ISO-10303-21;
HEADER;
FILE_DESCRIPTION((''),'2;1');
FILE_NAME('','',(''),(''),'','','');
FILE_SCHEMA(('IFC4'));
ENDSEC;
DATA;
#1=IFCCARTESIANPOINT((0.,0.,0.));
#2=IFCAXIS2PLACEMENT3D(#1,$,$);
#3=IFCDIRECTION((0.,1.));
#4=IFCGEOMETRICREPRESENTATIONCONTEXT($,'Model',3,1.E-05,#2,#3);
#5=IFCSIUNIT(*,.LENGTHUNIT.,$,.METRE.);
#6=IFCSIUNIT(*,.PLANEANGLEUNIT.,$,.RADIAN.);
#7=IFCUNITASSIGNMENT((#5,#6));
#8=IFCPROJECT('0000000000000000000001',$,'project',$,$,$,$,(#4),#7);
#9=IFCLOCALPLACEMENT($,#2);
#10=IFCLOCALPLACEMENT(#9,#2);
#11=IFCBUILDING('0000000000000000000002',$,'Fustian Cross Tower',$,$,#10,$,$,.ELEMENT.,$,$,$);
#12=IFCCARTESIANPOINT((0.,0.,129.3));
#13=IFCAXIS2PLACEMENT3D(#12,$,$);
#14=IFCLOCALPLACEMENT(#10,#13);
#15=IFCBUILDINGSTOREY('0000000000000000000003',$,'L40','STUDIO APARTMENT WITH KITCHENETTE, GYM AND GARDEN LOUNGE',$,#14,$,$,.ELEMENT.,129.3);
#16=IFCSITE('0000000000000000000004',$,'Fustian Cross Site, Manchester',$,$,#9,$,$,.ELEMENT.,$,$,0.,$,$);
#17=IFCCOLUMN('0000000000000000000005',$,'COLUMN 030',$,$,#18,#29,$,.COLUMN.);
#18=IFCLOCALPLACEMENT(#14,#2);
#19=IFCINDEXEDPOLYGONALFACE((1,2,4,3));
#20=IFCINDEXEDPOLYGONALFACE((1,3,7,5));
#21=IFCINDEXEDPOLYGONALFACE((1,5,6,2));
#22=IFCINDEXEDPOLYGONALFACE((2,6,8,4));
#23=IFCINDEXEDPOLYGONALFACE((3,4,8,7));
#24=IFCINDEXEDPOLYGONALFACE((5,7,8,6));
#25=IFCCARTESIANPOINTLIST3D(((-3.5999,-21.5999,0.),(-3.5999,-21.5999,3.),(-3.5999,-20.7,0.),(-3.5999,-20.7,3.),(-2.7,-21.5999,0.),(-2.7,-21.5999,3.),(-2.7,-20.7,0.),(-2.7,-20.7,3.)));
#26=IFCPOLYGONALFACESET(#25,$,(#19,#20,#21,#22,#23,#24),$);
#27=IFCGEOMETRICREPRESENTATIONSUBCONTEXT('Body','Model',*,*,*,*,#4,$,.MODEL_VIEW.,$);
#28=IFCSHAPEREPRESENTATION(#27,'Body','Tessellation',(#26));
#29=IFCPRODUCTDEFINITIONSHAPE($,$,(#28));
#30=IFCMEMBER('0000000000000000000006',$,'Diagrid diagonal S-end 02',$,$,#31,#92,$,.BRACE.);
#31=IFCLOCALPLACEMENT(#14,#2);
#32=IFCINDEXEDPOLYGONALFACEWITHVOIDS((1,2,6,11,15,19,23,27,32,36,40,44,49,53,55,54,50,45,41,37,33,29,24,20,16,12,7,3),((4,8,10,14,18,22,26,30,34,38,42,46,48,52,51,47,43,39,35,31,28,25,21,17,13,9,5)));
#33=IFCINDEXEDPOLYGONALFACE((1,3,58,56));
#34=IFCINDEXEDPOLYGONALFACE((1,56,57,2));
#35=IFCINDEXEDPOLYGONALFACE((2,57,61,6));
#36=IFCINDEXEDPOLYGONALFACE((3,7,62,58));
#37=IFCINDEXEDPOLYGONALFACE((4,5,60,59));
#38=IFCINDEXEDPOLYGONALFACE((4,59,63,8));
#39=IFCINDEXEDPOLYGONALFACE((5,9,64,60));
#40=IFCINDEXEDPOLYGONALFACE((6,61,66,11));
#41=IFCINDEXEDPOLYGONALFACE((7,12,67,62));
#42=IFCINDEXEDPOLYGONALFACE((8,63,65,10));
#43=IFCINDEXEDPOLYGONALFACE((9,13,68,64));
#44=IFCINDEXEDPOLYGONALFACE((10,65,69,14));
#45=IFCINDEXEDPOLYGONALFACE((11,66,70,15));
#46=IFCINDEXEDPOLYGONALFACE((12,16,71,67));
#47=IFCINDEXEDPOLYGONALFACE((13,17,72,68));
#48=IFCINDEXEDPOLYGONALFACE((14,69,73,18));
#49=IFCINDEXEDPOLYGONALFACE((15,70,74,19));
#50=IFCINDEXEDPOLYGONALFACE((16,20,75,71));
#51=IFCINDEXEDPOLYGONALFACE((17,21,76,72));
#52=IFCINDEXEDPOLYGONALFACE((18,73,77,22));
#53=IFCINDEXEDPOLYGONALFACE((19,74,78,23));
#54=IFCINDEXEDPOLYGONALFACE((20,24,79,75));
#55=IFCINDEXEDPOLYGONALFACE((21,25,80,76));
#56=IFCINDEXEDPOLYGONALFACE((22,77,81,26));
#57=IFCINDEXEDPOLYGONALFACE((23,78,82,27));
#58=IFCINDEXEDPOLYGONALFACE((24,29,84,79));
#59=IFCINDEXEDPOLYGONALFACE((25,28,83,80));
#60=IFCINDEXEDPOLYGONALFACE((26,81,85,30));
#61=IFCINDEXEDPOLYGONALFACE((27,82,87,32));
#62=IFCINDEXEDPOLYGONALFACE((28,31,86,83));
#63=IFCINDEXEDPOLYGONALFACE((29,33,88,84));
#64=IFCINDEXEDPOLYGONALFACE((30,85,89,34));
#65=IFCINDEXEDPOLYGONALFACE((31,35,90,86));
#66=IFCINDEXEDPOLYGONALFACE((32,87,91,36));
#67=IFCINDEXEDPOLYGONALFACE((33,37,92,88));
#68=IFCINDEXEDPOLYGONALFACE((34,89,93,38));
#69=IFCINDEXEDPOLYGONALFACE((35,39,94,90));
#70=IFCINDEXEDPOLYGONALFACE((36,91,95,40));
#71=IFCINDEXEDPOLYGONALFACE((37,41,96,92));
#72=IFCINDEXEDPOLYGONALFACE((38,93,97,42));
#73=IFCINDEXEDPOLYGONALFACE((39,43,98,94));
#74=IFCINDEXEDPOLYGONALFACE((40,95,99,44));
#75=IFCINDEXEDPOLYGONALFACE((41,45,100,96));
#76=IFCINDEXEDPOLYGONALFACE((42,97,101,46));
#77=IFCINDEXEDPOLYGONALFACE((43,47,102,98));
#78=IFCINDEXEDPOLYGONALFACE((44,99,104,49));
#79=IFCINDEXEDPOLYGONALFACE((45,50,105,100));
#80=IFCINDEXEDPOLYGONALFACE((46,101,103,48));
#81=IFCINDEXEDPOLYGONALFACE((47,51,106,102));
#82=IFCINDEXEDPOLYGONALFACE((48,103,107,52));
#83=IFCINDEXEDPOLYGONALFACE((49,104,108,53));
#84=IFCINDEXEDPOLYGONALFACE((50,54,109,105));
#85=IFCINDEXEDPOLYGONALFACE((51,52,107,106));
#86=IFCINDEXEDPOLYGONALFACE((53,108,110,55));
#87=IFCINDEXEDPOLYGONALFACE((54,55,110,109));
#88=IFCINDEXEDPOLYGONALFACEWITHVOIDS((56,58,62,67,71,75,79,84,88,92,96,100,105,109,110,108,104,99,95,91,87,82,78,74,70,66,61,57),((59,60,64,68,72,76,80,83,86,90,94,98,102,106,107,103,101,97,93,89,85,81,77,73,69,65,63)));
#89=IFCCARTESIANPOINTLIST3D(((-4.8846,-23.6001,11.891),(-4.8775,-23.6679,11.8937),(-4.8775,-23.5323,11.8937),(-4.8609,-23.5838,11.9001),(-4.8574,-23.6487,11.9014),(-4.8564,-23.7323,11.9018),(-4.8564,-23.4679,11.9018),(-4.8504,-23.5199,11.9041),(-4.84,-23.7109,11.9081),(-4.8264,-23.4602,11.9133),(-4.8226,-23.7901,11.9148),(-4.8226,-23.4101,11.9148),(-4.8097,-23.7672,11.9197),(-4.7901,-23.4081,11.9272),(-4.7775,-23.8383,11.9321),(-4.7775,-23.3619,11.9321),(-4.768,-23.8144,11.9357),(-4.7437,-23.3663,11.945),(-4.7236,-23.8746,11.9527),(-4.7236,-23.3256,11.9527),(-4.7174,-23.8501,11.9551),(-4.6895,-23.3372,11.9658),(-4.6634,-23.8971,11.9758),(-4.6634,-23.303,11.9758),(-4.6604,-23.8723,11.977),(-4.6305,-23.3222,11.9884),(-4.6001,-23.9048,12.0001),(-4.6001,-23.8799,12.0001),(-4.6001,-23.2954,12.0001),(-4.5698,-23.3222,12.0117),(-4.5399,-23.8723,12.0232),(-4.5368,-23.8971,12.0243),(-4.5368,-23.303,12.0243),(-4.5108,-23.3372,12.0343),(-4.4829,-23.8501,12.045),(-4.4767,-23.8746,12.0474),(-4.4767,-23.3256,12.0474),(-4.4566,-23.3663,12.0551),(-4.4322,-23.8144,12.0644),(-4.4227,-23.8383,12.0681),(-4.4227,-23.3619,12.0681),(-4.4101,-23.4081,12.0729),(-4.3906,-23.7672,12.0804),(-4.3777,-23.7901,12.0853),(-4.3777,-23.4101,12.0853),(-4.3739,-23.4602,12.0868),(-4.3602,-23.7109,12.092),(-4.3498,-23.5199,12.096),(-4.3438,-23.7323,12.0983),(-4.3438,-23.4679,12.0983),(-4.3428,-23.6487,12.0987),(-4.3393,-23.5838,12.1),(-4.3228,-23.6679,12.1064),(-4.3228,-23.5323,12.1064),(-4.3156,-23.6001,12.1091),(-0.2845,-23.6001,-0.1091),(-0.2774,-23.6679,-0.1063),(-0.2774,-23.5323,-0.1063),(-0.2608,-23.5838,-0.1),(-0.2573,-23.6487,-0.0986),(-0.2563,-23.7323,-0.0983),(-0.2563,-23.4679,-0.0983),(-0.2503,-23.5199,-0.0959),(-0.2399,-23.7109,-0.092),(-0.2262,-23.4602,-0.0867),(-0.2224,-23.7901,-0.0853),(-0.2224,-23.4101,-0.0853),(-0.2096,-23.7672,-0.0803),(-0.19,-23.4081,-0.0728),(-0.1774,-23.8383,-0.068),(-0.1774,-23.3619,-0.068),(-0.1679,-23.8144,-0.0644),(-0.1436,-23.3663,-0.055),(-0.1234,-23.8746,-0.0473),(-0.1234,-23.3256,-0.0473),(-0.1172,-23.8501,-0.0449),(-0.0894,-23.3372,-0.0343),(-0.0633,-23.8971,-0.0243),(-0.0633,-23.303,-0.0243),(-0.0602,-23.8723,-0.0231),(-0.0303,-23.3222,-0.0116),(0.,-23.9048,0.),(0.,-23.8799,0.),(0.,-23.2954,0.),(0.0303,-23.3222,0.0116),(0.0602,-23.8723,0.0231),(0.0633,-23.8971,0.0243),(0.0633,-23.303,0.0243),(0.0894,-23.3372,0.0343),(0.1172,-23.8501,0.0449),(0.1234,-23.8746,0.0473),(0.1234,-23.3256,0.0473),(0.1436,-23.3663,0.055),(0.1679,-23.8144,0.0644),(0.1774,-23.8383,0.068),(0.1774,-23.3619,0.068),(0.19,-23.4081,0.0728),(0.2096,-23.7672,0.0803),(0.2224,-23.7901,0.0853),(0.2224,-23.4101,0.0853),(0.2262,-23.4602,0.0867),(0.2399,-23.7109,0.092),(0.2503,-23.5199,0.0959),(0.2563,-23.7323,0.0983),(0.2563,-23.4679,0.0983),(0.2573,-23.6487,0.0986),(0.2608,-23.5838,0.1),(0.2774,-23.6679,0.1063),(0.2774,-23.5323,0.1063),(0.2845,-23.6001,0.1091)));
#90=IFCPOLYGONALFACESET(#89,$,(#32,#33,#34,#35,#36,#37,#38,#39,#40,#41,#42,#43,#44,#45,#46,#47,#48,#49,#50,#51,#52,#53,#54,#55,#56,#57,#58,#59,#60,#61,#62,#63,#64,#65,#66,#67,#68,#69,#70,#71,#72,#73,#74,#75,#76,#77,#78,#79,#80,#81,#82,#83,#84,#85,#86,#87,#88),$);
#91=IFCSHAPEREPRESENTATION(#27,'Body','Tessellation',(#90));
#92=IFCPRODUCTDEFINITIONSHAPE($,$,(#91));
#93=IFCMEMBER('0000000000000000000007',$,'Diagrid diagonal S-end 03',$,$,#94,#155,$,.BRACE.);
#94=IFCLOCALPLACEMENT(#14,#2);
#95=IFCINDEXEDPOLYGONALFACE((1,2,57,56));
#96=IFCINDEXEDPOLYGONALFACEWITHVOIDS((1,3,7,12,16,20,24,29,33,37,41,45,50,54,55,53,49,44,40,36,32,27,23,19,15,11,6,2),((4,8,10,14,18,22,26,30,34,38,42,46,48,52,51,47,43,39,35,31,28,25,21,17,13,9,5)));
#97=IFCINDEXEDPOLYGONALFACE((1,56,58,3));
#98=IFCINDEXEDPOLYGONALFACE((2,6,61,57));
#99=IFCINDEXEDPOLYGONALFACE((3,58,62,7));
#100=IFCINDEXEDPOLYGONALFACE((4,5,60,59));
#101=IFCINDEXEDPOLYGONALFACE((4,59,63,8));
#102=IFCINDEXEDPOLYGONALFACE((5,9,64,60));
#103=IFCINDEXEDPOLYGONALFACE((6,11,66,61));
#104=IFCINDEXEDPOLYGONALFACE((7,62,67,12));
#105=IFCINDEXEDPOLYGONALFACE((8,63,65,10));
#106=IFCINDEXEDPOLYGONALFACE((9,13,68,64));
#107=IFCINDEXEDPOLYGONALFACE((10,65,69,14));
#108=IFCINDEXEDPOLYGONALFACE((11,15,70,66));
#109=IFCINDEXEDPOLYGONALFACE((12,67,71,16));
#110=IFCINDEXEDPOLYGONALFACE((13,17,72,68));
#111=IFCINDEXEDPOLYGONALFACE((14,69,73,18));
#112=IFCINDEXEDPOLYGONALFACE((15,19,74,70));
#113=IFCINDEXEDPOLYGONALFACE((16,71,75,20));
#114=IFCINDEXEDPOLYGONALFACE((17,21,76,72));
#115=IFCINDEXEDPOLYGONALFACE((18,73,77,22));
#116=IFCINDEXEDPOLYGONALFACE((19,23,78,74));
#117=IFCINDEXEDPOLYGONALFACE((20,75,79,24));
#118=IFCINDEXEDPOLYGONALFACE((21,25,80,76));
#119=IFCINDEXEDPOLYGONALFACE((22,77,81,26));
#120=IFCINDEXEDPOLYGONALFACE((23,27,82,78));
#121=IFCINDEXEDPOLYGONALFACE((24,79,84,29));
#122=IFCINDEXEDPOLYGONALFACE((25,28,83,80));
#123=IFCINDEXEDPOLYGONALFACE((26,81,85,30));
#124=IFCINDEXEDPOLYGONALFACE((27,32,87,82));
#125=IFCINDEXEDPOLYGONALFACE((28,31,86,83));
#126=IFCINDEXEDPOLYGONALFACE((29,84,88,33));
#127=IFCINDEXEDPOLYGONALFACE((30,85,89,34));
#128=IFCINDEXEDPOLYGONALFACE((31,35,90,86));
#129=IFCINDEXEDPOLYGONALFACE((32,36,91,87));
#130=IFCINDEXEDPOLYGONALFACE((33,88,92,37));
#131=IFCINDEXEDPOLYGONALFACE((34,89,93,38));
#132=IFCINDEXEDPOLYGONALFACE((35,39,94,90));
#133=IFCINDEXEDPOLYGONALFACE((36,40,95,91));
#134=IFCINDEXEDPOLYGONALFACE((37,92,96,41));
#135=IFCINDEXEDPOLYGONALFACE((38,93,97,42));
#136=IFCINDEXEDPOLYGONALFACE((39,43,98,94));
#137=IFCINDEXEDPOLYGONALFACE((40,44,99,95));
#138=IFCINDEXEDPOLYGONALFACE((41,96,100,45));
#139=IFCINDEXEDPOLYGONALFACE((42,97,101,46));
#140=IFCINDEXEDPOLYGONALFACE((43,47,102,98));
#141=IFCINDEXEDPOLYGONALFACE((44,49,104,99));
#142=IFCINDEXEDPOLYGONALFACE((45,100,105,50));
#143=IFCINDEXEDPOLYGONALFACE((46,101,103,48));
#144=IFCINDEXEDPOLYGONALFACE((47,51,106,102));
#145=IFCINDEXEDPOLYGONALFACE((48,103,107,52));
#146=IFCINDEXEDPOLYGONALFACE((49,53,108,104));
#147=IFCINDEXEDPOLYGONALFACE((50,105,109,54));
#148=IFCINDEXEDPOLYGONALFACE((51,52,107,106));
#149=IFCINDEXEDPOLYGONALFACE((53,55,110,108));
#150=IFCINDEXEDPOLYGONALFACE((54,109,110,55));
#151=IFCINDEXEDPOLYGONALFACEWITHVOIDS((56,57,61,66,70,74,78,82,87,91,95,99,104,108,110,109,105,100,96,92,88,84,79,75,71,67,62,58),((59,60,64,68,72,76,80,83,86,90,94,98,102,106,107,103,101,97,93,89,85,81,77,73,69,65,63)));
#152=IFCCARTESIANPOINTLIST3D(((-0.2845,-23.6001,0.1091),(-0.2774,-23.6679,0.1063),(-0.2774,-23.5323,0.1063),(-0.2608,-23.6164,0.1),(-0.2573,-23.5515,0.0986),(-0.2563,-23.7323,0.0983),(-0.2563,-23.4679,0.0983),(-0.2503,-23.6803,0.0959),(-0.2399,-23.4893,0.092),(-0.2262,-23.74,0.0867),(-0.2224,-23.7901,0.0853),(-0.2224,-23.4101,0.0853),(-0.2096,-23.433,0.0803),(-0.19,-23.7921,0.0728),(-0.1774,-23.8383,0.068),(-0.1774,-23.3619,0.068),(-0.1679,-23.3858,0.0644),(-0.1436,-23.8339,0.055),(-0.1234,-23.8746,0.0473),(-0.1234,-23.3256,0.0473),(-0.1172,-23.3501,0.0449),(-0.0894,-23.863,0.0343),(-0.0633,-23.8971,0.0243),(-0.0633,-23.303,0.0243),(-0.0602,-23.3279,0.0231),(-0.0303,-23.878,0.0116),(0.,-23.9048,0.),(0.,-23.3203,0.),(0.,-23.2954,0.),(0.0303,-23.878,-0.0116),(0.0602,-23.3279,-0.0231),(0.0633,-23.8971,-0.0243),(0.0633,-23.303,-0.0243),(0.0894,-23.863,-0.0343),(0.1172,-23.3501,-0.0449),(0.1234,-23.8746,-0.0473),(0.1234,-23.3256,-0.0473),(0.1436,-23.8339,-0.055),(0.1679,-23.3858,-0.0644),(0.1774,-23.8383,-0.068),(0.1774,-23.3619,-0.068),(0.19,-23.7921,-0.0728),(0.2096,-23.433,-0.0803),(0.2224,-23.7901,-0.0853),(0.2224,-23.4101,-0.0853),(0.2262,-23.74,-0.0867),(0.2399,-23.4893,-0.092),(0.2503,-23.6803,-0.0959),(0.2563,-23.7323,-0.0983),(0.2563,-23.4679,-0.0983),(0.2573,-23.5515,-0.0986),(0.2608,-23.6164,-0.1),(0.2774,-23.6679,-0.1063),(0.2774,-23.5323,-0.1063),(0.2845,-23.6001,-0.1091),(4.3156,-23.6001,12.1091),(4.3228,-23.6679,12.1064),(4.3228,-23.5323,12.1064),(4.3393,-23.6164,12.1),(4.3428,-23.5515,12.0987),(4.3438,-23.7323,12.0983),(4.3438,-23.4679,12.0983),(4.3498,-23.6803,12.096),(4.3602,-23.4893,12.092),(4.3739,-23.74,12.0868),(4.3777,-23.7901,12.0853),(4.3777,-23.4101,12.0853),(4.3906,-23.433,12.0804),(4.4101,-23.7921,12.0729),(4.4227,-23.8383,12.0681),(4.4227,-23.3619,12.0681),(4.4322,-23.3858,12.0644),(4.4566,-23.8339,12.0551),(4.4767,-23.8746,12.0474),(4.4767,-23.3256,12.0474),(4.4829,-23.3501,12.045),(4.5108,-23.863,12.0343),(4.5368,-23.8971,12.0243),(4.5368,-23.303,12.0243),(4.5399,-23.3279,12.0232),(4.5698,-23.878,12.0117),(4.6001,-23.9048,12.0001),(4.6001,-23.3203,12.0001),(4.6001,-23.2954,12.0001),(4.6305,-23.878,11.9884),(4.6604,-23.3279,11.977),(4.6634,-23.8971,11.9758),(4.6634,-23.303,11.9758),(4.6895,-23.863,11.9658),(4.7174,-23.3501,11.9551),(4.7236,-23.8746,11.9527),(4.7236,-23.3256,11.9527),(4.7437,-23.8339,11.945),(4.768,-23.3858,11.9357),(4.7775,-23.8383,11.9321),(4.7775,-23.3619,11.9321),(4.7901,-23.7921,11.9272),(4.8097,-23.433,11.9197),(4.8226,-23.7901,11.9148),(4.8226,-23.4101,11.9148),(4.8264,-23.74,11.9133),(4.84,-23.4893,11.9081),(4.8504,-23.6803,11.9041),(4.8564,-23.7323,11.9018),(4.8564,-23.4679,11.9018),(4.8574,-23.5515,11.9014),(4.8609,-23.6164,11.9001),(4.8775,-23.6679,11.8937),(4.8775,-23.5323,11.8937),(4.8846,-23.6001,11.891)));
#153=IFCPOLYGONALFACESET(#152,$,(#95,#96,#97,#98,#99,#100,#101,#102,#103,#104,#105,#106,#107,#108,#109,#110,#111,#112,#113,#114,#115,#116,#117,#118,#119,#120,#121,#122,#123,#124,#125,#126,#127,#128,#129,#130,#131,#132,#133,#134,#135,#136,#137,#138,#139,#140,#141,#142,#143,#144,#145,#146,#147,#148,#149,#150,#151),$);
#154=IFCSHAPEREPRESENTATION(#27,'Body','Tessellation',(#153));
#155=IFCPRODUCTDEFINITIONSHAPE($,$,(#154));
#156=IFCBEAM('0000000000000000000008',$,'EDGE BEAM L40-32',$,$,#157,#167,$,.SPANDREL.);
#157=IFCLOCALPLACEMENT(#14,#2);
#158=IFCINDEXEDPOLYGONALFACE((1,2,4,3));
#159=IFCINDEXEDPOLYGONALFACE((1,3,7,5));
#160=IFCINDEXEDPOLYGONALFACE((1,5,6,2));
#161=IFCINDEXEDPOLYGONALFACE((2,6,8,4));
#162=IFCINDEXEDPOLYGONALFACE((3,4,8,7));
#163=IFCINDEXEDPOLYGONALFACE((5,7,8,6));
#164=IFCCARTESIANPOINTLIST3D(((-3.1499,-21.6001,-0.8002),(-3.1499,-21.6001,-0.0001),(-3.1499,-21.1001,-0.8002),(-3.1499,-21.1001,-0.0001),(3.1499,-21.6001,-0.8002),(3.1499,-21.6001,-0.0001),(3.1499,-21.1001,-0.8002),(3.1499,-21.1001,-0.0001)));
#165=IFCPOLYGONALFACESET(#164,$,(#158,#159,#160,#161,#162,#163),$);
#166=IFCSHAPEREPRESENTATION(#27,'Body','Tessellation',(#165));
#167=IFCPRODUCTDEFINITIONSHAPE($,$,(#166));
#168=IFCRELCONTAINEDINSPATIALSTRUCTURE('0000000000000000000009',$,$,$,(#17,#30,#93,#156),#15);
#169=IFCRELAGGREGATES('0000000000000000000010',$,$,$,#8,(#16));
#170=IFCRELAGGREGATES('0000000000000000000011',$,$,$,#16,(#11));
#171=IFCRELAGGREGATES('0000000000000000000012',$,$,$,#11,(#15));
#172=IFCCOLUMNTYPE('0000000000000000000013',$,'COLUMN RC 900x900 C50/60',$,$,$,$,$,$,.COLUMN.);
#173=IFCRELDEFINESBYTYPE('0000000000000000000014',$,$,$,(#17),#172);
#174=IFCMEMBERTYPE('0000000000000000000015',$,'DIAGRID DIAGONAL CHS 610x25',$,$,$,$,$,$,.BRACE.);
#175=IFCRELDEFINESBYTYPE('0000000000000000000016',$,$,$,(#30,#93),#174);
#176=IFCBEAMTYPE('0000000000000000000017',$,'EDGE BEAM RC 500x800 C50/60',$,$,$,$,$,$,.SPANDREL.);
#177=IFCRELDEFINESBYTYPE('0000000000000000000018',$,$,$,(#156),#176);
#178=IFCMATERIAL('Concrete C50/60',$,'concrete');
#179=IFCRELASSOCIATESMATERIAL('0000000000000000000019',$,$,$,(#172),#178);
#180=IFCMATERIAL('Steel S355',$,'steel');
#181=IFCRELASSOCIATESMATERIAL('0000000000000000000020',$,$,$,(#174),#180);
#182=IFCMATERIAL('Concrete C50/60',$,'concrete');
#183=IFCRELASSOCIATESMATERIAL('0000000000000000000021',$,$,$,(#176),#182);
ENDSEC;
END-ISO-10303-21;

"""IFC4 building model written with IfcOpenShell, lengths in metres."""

from ifc_helpers import new_model, si_unit, direction, frame, origin, origin_2d, place, context, subcontext, project, spatial, rectangle, hollow_circle, extrude, material, material_profile, profile_set, type_object, element, save


model = new_model("IFC4")

# Units and contexts
model_context = context("Model", 3, precision=1e-05, world=origin(), true_north=direction((0.0, 1.0)))
body_context = subcontext(model_context, "Body", "Model", "MODEL_VIEW")
ifc_project = project(units=[si_unit("LENGTHUNIT", "METRE"), si_unit("PLANEANGLEUNIT", "RADIAN")], contexts=[model_context])

# Site, building, storey
site_placement = place(None, origin())
site = spatial("IfcSite", under=ifc_project, at=site_placement, Name="Fustian Cross Site, Manchester", CompositionType="ELEMENT", RefElevation=0.0)
building_placement = place(site_placement, origin())
building = spatial("IfcBuilding", under=site, at=building_placement, Name="Fustian Cross Tower", CompositionType="ELEMENT")
storey_placement = place(building_placement, frame((0.0, 0.0, 129.3)))
storey = spatial("IfcBuildingStorey", under=building, at=storey_placement, Name="L40", Description="STUDIO APARTMENT WITH KITCHENETTE, GYM AND GARDEN LOUNGE", CompositionType="ELEMENT", Elevation=129.3)

# Column
ifc_material_1 = material(Name="Concrete C50/60", Category="concrete")
ifc_material_profile_1 = material_profile(ifc_material_1, rectangle(XDim=0.8999, YDim=0.8999, at=origin_2d()), Name="RC 900x900")
ifc_profile_set_1 = profile_set([ifc_material_profile_1], Name="Concrete C50/60")
column_type = type_object("IfcColumnType", Name="COLUMN RC 900x900 C50/60", PredefinedType="COLUMN", material=ifc_profile_set_1)
column_placement = place(storey_placement, frame((-3.1499, -21.1499, 0.0), z_axis=(0.0, 0.0, 1.0), x_axis=(1.0, 0.0, 0.0)))
element("IfcColumn", 1, at=column_placement, inside=storey, type_object=column_type, Name="COLUMN 030", PredefinedType="COLUMN", context=body_context, shape_type="SweptSolid", body=[
    extrude(rectangle(XDim=0.8999, YDim=0.8999, at=origin_2d()), origin(), (0.0, 0.0, 1.0), 3.0),
])

# Members
ifc_material_2 = material(Name="Steel S355", Category="steel")
ifc_material_profile_2 = material_profile(ifc_material_2, hollow_circle(Radius=0.3047, WallThickness=0.0249, at=origin_2d()), Name="CHS 610x25")
ifc_profile_set_2 = profile_set([ifc_material_profile_2], Name="Steel S355")
member_type = type_object("IfcMemberType", Name="DIAGRID DIAGONAL CHS 610x25", PredefinedType="BRACE", material=ifc_profile_set_2)
for number, where, z_axis, x_axis, name in (
    (2, (0.0, -23.6001, 0.0), (-0.357943, 0.0, 0.933744), (0.0, -1.0, 0.0), "Diagrid diagonal S-end 02"),
    (3, (0.0, -23.6001, 0.0), (0.357943, 0.0, 0.933744), (0.0, 1.0, 0.0), "Diagrid diagonal S-end 03"),
):
    element("IfcMember", number, at=place(storey_placement, frame(where, z_axis=z_axis, x_axis=x_axis)), inside=storey, type_object=member_type, Name=name, PredefinedType="BRACE", context=body_context, shape_type="SweptSolid", body=[
        extrude(hollow_circle(Radius=0.3047, WallThickness=0.0249, at=origin_2d()), origin(), (0.0, 0.0, 1.0), 12.8516),
    ])

# Beam
ifc_material_3 = material(Name="Concrete C50/60", Category="concrete")
ifc_material_profile_3 = material_profile(ifc_material_3, rectangle(XDim=0.5, YDim=0.8, at=origin_2d()), Name="RC 500x800")
ifc_profile_set_3 = profile_set([ifc_material_profile_3], Name="Concrete C50/60")
beam_type = type_object("IfcBeamType", Name="EDGE BEAM RC 500x800 C50/60", PredefinedType="SPANDREL", material=ifc_profile_set_3)
beam_placement = place(storey_placement, frame((-3.1499, -21.3501, -0.4001), z_axis=(1.0, 0.0, 0.0), x_axis=(0.0, 1.0, 0.0)))
element("IfcBeam", 4, at=beam_placement, inside=storey, type_object=beam_type, Name="EDGE BEAM L40-32", PredefinedType="SPANDREL", context=body_context, shape_type="SweptSolid", body=[
    extrude(rectangle(XDim=0.5, YDim=0.8, at=origin_2d()), origin(), (0.0, 0.0, 1.0), 6.2998),
])

save(model, "model.ifc")
